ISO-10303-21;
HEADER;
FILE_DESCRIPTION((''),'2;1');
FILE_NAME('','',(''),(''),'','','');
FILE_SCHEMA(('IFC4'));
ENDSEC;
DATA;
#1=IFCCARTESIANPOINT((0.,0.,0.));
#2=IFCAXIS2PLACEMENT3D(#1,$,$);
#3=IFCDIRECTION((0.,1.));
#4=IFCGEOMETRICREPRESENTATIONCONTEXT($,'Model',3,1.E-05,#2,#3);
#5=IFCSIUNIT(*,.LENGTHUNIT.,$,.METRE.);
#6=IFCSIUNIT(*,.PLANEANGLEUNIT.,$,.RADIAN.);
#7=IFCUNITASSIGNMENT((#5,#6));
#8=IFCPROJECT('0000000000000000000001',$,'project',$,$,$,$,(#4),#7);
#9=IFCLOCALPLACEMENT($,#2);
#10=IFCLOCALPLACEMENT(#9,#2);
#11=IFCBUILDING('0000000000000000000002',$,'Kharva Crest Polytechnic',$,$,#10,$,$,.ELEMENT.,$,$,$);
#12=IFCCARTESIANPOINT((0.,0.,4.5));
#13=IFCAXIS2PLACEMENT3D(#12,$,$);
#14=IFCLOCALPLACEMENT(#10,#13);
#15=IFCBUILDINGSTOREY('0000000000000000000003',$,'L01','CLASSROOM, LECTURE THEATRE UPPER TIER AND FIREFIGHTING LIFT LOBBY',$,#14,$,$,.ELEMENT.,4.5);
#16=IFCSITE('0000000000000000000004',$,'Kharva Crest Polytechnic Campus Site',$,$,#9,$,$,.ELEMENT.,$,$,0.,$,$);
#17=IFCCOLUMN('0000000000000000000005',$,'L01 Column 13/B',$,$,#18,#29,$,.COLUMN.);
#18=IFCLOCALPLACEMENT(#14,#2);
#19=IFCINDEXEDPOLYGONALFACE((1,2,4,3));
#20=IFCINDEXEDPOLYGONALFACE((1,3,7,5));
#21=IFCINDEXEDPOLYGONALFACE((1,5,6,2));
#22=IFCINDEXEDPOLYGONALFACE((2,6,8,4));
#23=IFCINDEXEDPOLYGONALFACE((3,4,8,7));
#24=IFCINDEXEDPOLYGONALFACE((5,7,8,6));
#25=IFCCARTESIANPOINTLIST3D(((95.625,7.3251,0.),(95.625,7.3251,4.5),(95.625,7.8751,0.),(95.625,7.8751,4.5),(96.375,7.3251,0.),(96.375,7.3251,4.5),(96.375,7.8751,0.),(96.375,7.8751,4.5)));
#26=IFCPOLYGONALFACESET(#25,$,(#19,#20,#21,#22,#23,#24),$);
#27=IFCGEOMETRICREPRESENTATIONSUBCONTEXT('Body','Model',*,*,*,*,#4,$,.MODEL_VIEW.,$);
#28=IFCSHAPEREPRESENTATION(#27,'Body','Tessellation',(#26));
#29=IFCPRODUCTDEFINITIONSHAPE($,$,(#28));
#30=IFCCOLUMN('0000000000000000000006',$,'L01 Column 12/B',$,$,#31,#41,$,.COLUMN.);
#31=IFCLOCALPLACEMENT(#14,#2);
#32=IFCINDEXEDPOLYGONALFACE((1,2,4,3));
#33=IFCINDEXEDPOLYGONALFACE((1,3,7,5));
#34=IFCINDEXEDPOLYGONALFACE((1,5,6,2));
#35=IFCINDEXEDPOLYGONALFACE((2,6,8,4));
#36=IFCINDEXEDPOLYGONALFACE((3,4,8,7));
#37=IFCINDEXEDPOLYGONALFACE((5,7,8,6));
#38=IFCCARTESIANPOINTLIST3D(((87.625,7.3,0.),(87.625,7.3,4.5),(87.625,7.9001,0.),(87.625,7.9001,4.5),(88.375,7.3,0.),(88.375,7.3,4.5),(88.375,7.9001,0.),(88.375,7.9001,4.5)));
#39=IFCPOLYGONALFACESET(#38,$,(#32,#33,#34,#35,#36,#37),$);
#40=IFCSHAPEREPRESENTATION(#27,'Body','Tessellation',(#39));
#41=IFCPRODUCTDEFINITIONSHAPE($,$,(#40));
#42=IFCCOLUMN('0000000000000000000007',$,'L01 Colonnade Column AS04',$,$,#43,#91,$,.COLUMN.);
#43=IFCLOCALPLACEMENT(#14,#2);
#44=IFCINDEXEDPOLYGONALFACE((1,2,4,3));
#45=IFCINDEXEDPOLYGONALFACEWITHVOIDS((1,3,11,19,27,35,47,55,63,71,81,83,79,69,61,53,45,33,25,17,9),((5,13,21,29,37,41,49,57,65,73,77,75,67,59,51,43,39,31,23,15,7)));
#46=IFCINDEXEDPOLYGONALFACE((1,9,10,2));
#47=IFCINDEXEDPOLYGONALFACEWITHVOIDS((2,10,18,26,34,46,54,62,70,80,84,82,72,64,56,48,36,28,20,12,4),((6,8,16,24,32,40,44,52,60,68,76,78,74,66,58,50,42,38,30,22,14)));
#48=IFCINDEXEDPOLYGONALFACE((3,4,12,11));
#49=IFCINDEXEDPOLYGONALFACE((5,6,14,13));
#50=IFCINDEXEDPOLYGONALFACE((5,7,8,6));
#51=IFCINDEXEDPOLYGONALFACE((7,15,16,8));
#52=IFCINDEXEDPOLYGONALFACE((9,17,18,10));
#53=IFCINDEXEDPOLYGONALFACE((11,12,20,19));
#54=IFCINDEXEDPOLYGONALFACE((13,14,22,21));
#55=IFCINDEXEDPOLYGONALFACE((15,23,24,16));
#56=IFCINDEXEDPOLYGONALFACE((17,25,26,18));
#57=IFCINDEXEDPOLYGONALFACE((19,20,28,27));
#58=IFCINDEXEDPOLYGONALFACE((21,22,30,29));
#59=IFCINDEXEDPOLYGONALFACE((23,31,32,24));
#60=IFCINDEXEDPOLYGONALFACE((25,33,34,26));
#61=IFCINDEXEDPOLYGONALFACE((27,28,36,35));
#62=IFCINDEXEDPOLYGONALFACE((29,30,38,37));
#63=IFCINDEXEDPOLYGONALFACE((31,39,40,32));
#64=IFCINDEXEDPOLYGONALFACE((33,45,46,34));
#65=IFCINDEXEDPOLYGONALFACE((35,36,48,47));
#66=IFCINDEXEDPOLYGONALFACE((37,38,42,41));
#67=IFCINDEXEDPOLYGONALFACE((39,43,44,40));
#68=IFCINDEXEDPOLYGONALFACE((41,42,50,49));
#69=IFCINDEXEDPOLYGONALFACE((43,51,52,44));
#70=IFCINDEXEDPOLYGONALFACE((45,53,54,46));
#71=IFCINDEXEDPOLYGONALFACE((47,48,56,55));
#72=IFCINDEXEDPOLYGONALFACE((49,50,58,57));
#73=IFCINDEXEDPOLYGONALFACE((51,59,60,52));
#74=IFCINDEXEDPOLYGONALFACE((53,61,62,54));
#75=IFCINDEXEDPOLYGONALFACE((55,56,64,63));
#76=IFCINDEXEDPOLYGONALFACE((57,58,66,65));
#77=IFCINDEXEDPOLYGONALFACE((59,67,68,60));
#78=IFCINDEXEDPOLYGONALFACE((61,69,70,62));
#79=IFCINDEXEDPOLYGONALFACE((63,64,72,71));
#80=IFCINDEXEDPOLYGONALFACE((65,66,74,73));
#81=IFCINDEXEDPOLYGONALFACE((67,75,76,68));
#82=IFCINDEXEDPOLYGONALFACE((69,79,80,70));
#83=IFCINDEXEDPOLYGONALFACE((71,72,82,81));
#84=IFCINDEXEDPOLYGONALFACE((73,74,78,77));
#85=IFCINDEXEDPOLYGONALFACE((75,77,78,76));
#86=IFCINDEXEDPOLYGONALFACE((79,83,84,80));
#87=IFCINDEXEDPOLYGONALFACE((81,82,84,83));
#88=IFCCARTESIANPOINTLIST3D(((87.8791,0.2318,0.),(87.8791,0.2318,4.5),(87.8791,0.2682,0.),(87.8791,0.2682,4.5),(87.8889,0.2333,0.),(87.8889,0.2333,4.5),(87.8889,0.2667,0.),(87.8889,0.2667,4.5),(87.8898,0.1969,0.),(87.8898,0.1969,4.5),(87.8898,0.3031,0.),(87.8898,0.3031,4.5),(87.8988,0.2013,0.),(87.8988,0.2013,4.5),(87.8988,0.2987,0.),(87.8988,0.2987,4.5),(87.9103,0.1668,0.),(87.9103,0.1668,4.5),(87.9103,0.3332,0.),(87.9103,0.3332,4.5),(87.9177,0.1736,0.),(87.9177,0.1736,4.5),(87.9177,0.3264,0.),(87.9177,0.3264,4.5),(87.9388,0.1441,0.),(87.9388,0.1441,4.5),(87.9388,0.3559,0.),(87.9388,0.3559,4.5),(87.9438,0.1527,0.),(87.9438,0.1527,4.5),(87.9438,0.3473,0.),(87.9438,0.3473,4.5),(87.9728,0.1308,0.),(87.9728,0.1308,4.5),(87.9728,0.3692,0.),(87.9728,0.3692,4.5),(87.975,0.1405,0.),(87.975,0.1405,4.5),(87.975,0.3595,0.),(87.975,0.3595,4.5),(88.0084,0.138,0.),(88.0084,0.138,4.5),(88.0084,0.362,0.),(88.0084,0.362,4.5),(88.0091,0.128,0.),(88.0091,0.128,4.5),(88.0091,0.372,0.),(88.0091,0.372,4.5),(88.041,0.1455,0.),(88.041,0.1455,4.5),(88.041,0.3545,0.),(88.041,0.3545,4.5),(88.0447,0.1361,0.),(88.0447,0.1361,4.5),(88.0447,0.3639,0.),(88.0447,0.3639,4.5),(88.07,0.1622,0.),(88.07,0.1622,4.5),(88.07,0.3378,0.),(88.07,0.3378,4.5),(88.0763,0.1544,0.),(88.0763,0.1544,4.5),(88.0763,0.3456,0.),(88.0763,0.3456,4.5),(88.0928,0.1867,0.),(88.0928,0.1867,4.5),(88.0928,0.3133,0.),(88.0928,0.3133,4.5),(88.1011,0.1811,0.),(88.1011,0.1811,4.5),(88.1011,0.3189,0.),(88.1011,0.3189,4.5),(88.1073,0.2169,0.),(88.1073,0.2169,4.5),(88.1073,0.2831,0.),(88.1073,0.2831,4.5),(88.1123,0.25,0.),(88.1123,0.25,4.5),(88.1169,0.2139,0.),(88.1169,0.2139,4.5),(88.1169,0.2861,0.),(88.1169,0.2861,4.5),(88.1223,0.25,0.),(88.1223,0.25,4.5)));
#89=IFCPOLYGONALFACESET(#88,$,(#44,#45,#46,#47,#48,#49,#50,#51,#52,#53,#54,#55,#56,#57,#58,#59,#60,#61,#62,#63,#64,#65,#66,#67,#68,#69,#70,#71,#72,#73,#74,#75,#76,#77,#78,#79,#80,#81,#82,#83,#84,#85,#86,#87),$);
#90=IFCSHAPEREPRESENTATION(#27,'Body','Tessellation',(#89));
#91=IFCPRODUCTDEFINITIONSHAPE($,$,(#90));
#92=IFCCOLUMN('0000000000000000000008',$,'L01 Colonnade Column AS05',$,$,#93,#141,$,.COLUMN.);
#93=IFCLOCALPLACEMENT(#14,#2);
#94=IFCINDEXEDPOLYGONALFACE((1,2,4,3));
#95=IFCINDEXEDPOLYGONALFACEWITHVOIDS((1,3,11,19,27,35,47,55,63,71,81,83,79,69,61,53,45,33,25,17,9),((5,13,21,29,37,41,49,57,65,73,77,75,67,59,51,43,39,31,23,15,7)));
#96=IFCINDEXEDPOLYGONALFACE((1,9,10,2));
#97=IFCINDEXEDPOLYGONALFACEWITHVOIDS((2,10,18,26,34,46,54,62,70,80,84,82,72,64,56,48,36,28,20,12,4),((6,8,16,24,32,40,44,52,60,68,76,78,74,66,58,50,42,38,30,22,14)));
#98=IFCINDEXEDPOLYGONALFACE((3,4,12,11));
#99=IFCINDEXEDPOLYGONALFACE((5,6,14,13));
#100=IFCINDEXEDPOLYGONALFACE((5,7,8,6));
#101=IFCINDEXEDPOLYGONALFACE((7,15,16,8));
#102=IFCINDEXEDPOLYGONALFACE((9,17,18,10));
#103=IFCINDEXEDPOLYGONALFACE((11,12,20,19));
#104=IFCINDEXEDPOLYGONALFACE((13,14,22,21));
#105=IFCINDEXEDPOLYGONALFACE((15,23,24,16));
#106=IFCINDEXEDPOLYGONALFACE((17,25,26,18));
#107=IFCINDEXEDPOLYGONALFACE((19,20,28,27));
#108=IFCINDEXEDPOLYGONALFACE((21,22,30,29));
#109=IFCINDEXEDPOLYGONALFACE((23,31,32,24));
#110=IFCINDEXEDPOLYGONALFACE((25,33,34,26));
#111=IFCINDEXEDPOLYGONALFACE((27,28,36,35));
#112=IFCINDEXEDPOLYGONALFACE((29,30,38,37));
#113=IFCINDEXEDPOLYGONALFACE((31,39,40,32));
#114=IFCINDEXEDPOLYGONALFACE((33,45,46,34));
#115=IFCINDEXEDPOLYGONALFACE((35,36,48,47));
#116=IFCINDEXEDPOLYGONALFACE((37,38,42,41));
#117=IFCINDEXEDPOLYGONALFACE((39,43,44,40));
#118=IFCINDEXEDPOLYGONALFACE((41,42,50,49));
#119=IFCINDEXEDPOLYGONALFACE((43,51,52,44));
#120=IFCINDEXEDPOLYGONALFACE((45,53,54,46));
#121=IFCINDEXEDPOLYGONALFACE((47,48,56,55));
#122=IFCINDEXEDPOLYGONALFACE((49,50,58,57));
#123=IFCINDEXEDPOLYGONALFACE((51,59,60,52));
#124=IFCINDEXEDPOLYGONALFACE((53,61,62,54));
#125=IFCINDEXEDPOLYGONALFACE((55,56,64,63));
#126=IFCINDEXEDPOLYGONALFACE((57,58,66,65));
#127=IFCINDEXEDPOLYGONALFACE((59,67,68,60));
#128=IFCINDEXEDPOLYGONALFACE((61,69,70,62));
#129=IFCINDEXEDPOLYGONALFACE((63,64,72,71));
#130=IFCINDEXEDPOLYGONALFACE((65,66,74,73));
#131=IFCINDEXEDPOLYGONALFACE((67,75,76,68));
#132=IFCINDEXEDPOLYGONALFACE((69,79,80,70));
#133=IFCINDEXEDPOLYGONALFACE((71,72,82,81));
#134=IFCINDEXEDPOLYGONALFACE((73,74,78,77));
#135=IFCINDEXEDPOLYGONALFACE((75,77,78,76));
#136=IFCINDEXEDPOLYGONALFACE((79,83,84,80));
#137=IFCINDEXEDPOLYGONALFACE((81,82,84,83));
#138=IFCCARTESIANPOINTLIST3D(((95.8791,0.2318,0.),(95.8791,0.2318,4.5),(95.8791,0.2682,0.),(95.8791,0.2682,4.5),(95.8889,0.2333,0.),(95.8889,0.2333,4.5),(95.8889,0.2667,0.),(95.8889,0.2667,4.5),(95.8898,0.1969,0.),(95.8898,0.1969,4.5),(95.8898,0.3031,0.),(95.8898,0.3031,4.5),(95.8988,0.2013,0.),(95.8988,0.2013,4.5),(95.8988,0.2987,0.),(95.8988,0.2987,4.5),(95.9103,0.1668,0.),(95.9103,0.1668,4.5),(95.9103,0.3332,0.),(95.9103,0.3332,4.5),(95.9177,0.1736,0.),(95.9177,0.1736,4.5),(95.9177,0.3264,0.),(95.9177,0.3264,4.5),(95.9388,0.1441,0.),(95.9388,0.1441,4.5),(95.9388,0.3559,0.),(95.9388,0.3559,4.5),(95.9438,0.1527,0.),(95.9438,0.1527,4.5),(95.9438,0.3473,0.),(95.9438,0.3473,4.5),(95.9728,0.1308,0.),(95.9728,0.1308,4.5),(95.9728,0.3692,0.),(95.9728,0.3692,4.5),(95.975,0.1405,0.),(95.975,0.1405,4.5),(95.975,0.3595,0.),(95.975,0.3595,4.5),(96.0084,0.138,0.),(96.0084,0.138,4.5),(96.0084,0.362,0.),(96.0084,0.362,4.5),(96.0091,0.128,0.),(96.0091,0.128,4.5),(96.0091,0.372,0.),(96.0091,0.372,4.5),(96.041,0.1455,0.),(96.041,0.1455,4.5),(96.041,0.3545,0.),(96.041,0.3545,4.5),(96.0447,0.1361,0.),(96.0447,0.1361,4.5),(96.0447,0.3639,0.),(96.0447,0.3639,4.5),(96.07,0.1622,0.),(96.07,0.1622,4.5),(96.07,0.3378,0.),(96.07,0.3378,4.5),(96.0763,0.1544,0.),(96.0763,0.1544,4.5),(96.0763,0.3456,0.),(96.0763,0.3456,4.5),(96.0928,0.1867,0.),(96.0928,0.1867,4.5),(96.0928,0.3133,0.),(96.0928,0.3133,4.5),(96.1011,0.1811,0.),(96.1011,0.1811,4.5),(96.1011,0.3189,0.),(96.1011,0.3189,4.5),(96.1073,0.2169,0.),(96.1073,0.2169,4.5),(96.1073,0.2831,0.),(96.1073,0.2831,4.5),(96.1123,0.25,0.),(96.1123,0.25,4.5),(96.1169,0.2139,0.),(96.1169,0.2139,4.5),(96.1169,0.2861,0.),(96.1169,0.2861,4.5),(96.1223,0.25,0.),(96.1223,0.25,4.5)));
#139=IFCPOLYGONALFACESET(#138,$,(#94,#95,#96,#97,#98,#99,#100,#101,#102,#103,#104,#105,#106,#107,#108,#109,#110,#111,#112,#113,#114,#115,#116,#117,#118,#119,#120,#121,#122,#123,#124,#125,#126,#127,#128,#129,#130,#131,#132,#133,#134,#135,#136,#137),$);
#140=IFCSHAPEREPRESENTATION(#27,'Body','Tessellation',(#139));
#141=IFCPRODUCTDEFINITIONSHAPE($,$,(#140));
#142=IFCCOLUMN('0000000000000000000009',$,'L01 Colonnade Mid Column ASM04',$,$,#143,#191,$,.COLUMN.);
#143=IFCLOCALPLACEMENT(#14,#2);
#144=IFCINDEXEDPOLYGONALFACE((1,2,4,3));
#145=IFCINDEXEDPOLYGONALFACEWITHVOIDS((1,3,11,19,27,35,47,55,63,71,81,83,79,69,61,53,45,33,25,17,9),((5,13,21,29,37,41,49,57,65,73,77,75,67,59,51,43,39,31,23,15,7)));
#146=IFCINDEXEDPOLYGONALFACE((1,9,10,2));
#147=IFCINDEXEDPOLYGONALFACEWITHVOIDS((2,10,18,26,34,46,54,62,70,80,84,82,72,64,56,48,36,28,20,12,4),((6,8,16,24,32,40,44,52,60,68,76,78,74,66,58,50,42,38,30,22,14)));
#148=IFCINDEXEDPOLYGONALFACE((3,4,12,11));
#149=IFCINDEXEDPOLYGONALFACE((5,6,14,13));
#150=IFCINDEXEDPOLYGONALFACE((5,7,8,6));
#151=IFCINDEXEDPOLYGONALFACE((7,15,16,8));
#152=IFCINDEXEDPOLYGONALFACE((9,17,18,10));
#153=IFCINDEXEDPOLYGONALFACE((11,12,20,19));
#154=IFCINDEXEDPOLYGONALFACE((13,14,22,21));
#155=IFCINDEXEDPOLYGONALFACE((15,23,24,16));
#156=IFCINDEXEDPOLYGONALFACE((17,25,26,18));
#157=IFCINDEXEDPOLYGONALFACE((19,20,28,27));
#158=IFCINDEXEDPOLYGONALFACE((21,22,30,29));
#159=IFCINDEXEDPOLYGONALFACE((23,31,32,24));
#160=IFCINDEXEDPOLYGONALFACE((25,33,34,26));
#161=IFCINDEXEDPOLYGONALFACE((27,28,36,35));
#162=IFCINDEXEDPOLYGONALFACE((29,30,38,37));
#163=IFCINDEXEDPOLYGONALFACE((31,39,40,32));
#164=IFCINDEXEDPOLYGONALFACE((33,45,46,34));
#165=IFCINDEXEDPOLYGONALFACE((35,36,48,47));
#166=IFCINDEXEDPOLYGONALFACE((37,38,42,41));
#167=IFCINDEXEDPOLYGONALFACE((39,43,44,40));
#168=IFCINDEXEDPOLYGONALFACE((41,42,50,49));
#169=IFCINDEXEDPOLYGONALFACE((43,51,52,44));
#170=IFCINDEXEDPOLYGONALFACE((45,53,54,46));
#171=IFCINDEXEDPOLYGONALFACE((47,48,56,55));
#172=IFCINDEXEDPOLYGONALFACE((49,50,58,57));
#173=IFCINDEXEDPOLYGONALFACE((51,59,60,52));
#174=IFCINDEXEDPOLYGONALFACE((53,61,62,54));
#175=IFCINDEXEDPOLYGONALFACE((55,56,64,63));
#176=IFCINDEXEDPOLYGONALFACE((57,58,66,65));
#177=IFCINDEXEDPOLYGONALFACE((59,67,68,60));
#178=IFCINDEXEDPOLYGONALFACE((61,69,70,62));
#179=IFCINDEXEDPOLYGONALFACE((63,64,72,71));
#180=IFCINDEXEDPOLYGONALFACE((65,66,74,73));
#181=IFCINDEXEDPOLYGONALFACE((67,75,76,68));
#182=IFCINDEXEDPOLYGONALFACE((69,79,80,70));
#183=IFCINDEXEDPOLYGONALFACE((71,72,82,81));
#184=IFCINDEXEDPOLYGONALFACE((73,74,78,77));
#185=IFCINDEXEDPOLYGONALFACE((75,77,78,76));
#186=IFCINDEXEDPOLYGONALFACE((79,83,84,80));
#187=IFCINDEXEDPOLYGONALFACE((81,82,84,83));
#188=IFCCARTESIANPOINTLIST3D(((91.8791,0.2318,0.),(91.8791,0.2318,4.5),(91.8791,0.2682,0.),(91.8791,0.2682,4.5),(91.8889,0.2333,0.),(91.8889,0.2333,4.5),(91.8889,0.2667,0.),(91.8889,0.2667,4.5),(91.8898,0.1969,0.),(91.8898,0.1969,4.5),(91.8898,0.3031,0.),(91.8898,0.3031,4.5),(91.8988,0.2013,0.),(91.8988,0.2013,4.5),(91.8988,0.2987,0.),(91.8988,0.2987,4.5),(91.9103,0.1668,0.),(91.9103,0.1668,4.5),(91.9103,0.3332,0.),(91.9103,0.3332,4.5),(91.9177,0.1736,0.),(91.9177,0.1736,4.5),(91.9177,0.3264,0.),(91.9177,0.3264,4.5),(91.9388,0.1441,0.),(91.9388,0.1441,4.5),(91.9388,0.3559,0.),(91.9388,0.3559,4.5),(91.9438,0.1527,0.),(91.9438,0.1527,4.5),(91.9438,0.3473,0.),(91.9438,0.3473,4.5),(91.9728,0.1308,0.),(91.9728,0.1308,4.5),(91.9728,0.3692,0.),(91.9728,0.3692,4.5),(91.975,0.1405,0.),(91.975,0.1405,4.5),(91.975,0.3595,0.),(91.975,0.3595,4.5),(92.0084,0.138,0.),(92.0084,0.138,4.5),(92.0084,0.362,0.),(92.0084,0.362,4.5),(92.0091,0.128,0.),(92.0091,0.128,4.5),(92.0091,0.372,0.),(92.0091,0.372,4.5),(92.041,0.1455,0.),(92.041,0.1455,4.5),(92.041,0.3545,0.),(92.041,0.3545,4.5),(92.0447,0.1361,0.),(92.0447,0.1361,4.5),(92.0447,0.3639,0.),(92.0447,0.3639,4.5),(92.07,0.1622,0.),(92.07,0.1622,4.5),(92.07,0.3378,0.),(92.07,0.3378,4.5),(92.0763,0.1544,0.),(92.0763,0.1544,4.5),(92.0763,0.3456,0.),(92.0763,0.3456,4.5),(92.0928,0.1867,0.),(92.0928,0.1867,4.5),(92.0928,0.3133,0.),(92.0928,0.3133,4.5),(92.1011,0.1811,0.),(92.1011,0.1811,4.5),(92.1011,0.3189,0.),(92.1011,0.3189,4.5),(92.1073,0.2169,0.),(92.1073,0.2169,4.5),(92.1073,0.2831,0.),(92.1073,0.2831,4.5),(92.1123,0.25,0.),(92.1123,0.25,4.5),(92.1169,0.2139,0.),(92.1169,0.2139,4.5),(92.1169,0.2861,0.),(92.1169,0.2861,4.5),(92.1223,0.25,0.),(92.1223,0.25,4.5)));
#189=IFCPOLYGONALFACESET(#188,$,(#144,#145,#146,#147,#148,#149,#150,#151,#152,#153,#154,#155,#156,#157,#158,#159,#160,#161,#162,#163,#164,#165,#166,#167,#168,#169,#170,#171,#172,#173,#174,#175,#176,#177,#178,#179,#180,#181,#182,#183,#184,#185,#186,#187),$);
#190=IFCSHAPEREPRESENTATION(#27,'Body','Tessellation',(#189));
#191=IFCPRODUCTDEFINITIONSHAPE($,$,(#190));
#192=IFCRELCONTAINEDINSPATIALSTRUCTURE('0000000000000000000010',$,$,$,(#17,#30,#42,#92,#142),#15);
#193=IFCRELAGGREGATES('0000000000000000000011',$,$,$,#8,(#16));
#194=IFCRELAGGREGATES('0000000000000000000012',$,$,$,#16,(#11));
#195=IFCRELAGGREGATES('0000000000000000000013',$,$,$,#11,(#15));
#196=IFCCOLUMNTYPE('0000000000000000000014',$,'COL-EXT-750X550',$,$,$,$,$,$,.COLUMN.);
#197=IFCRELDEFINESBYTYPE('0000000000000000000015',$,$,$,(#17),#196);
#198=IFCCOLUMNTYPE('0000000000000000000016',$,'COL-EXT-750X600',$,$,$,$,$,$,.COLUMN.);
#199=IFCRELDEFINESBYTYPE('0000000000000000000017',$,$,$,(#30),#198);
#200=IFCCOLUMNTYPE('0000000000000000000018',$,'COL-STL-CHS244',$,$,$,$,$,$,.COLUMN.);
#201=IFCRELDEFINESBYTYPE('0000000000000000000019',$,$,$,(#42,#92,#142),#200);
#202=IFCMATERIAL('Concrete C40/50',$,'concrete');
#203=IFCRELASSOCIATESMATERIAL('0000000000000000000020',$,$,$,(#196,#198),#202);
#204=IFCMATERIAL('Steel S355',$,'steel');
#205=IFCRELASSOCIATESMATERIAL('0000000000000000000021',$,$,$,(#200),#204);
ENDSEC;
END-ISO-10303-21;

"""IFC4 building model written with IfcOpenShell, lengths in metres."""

from ifc_helpers import new_model, si_unit, direction, frame, origin, origin_2d, place, context, subcontext, project, spatial, rectangle, hollow_circle, extrude, material, material_profile, profile_set, type_object, element, save


model = new_model("IFC4")

# Units and contexts
model_context = context("Model", 3, precision=1e-05, world=origin(), true_north=direction((0.0, 1.0)))
body_context = subcontext(model_context, "Body", "Model", "MODEL_VIEW")
ifc_project = project(units=[si_unit("LENGTHUNIT", "METRE"), si_unit("PLANEANGLEUNIT", "RADIAN")], contexts=[model_context])

# Site, building, storey
site_placement = place(None, origin())
site = spatial("IfcSite", under=ifc_project, at=site_placement, Name="Kharva Crest Polytechnic Campus Site", CompositionType="ELEMENT", RefElevation=0.0)
building_placement = place(site_placement, origin())
building = spatial("IfcBuilding", under=site, at=building_placement, Name="Kharva Crest Polytechnic", CompositionType="ELEMENT")
storey_placement = place(building_placement, frame((0.0, 0.0, 4.5)))
storey = spatial("IfcBuildingStorey", under=building, at=storey_placement, Name="L01", Description="CLASSROOM, LECTURE THEATRE UPPER TIER AND FIREFIGHTING LIFT LOBBY", CompositionType="ELEMENT", Elevation=4.5)

# Columns
ifc_material_1 = material(Name="Concrete C40/50", Category="concrete")
ifc_material_profile_1 = material_profile(ifc_material_1, rectangle(XDim=0.75, YDim=0.55, at=origin_2d()), Name="RECT 750 X 550")
ifc_profile_set_1 = profile_set([ifc_material_profile_1], Name="Concrete C40/50")
column_type_1 = type_object("IfcColumnType", Name="COL-EXT-750X550", PredefinedType="COLUMN", material=ifc_profile_set_1)
column_1_placement = place(storey_placement, frame((96.0, 7.6001, 0.0), z_axis=(0.0, 0.0, 1.0), x_axis=(1.0, 0.0, 0.0)))
element("IfcColumn", 1, at=column_1_placement, inside=storey, type_object=column_type_1, Name="L01 Column 13/B", PredefinedType="COLUMN", context=body_context, shape_type="SweptSolid", body=[
    extrude(rectangle(XDim=0.75, YDim=0.55, at=origin_2d()), origin(), (0.0, 0.0, 1.0), 4.5),
])
ifc_material_profile_2 = material_profile(ifc_material_1, rectangle(XDim=0.75, YDim=0.6001, at=origin_2d()), Name="RECT 750 X 600")
ifc_profile_set_2 = profile_set([ifc_material_profile_2], Name="Concrete C40/50")
column_type_2 = type_object("IfcColumnType", Name="COL-EXT-750X600", PredefinedType="COLUMN", material=ifc_profile_set_2)
column_2_placement = place(storey_placement, frame((88.0, 7.6001, 0.0), z_axis=(0.0, 0.0, 1.0), x_axis=(1.0, 0.0, 0.0)))
element("IfcColumn", 2, at=column_2_placement, inside=storey, type_object=column_type_2, Name="L01 Column 12/B", PredefinedType="COLUMN", context=body_context, shape_type="SweptSolid", body=[
    extrude(rectangle(XDim=0.75, YDim=0.6001, at=origin_2d()), origin(), (0.0, 0.0, 1.0), 4.5),
])
ifc_material_2 = material(Name="Steel S355", Category="steel")
ifc_material_profile_3 = material_profile(ifc_material_2, hollow_circle(Radius=0.1223, WallThickness=0.01, at=origin_2d()), Name="CHS 244.5X10.0")
ifc_profile_set_3 = profile_set([ifc_material_profile_3], Name="Steel S355")
column_type_3 = type_object("IfcColumnType", Name="COL-STL-CHS244", PredefinedType="COLUMN", material=ifc_profile_set_3)
for number, where, z_axis, x_axis, name in (
    (3, (88.0, 0.25, 0.0), (0.0, 0.0, 1.0), (1.0, 0.0, 0.0), "L01 Colonnade Column AS04"),
    (4, (96.0, 0.25, 0.0), (0.0, 0.0, 1.0), (1.0, 0.0, 0.0), "L01 Colonnade Column AS05"),
    (5, (92.0, 0.25, 0.0), (0.0, 0.0, 1.0), (1.0, 0.0, 0.0), "L01 Colonnade Mid Column ASM04"),
):
    element("IfcColumn", number, at=place(storey_placement, frame(where, z_axis=z_axis, x_axis=x_axis)), inside=storey, type_object=column_type_3, Name=name, PredefinedType="COLUMN", context=body_context, shape_type="SweptSolid", body=[
        extrude(hollow_circle(Radius=0.1223, WallThickness=0.01, at=origin_2d()), origin(), (0.0, 0.0, 1.0), 4.5),
    ])

save(model, "model.ifc")
